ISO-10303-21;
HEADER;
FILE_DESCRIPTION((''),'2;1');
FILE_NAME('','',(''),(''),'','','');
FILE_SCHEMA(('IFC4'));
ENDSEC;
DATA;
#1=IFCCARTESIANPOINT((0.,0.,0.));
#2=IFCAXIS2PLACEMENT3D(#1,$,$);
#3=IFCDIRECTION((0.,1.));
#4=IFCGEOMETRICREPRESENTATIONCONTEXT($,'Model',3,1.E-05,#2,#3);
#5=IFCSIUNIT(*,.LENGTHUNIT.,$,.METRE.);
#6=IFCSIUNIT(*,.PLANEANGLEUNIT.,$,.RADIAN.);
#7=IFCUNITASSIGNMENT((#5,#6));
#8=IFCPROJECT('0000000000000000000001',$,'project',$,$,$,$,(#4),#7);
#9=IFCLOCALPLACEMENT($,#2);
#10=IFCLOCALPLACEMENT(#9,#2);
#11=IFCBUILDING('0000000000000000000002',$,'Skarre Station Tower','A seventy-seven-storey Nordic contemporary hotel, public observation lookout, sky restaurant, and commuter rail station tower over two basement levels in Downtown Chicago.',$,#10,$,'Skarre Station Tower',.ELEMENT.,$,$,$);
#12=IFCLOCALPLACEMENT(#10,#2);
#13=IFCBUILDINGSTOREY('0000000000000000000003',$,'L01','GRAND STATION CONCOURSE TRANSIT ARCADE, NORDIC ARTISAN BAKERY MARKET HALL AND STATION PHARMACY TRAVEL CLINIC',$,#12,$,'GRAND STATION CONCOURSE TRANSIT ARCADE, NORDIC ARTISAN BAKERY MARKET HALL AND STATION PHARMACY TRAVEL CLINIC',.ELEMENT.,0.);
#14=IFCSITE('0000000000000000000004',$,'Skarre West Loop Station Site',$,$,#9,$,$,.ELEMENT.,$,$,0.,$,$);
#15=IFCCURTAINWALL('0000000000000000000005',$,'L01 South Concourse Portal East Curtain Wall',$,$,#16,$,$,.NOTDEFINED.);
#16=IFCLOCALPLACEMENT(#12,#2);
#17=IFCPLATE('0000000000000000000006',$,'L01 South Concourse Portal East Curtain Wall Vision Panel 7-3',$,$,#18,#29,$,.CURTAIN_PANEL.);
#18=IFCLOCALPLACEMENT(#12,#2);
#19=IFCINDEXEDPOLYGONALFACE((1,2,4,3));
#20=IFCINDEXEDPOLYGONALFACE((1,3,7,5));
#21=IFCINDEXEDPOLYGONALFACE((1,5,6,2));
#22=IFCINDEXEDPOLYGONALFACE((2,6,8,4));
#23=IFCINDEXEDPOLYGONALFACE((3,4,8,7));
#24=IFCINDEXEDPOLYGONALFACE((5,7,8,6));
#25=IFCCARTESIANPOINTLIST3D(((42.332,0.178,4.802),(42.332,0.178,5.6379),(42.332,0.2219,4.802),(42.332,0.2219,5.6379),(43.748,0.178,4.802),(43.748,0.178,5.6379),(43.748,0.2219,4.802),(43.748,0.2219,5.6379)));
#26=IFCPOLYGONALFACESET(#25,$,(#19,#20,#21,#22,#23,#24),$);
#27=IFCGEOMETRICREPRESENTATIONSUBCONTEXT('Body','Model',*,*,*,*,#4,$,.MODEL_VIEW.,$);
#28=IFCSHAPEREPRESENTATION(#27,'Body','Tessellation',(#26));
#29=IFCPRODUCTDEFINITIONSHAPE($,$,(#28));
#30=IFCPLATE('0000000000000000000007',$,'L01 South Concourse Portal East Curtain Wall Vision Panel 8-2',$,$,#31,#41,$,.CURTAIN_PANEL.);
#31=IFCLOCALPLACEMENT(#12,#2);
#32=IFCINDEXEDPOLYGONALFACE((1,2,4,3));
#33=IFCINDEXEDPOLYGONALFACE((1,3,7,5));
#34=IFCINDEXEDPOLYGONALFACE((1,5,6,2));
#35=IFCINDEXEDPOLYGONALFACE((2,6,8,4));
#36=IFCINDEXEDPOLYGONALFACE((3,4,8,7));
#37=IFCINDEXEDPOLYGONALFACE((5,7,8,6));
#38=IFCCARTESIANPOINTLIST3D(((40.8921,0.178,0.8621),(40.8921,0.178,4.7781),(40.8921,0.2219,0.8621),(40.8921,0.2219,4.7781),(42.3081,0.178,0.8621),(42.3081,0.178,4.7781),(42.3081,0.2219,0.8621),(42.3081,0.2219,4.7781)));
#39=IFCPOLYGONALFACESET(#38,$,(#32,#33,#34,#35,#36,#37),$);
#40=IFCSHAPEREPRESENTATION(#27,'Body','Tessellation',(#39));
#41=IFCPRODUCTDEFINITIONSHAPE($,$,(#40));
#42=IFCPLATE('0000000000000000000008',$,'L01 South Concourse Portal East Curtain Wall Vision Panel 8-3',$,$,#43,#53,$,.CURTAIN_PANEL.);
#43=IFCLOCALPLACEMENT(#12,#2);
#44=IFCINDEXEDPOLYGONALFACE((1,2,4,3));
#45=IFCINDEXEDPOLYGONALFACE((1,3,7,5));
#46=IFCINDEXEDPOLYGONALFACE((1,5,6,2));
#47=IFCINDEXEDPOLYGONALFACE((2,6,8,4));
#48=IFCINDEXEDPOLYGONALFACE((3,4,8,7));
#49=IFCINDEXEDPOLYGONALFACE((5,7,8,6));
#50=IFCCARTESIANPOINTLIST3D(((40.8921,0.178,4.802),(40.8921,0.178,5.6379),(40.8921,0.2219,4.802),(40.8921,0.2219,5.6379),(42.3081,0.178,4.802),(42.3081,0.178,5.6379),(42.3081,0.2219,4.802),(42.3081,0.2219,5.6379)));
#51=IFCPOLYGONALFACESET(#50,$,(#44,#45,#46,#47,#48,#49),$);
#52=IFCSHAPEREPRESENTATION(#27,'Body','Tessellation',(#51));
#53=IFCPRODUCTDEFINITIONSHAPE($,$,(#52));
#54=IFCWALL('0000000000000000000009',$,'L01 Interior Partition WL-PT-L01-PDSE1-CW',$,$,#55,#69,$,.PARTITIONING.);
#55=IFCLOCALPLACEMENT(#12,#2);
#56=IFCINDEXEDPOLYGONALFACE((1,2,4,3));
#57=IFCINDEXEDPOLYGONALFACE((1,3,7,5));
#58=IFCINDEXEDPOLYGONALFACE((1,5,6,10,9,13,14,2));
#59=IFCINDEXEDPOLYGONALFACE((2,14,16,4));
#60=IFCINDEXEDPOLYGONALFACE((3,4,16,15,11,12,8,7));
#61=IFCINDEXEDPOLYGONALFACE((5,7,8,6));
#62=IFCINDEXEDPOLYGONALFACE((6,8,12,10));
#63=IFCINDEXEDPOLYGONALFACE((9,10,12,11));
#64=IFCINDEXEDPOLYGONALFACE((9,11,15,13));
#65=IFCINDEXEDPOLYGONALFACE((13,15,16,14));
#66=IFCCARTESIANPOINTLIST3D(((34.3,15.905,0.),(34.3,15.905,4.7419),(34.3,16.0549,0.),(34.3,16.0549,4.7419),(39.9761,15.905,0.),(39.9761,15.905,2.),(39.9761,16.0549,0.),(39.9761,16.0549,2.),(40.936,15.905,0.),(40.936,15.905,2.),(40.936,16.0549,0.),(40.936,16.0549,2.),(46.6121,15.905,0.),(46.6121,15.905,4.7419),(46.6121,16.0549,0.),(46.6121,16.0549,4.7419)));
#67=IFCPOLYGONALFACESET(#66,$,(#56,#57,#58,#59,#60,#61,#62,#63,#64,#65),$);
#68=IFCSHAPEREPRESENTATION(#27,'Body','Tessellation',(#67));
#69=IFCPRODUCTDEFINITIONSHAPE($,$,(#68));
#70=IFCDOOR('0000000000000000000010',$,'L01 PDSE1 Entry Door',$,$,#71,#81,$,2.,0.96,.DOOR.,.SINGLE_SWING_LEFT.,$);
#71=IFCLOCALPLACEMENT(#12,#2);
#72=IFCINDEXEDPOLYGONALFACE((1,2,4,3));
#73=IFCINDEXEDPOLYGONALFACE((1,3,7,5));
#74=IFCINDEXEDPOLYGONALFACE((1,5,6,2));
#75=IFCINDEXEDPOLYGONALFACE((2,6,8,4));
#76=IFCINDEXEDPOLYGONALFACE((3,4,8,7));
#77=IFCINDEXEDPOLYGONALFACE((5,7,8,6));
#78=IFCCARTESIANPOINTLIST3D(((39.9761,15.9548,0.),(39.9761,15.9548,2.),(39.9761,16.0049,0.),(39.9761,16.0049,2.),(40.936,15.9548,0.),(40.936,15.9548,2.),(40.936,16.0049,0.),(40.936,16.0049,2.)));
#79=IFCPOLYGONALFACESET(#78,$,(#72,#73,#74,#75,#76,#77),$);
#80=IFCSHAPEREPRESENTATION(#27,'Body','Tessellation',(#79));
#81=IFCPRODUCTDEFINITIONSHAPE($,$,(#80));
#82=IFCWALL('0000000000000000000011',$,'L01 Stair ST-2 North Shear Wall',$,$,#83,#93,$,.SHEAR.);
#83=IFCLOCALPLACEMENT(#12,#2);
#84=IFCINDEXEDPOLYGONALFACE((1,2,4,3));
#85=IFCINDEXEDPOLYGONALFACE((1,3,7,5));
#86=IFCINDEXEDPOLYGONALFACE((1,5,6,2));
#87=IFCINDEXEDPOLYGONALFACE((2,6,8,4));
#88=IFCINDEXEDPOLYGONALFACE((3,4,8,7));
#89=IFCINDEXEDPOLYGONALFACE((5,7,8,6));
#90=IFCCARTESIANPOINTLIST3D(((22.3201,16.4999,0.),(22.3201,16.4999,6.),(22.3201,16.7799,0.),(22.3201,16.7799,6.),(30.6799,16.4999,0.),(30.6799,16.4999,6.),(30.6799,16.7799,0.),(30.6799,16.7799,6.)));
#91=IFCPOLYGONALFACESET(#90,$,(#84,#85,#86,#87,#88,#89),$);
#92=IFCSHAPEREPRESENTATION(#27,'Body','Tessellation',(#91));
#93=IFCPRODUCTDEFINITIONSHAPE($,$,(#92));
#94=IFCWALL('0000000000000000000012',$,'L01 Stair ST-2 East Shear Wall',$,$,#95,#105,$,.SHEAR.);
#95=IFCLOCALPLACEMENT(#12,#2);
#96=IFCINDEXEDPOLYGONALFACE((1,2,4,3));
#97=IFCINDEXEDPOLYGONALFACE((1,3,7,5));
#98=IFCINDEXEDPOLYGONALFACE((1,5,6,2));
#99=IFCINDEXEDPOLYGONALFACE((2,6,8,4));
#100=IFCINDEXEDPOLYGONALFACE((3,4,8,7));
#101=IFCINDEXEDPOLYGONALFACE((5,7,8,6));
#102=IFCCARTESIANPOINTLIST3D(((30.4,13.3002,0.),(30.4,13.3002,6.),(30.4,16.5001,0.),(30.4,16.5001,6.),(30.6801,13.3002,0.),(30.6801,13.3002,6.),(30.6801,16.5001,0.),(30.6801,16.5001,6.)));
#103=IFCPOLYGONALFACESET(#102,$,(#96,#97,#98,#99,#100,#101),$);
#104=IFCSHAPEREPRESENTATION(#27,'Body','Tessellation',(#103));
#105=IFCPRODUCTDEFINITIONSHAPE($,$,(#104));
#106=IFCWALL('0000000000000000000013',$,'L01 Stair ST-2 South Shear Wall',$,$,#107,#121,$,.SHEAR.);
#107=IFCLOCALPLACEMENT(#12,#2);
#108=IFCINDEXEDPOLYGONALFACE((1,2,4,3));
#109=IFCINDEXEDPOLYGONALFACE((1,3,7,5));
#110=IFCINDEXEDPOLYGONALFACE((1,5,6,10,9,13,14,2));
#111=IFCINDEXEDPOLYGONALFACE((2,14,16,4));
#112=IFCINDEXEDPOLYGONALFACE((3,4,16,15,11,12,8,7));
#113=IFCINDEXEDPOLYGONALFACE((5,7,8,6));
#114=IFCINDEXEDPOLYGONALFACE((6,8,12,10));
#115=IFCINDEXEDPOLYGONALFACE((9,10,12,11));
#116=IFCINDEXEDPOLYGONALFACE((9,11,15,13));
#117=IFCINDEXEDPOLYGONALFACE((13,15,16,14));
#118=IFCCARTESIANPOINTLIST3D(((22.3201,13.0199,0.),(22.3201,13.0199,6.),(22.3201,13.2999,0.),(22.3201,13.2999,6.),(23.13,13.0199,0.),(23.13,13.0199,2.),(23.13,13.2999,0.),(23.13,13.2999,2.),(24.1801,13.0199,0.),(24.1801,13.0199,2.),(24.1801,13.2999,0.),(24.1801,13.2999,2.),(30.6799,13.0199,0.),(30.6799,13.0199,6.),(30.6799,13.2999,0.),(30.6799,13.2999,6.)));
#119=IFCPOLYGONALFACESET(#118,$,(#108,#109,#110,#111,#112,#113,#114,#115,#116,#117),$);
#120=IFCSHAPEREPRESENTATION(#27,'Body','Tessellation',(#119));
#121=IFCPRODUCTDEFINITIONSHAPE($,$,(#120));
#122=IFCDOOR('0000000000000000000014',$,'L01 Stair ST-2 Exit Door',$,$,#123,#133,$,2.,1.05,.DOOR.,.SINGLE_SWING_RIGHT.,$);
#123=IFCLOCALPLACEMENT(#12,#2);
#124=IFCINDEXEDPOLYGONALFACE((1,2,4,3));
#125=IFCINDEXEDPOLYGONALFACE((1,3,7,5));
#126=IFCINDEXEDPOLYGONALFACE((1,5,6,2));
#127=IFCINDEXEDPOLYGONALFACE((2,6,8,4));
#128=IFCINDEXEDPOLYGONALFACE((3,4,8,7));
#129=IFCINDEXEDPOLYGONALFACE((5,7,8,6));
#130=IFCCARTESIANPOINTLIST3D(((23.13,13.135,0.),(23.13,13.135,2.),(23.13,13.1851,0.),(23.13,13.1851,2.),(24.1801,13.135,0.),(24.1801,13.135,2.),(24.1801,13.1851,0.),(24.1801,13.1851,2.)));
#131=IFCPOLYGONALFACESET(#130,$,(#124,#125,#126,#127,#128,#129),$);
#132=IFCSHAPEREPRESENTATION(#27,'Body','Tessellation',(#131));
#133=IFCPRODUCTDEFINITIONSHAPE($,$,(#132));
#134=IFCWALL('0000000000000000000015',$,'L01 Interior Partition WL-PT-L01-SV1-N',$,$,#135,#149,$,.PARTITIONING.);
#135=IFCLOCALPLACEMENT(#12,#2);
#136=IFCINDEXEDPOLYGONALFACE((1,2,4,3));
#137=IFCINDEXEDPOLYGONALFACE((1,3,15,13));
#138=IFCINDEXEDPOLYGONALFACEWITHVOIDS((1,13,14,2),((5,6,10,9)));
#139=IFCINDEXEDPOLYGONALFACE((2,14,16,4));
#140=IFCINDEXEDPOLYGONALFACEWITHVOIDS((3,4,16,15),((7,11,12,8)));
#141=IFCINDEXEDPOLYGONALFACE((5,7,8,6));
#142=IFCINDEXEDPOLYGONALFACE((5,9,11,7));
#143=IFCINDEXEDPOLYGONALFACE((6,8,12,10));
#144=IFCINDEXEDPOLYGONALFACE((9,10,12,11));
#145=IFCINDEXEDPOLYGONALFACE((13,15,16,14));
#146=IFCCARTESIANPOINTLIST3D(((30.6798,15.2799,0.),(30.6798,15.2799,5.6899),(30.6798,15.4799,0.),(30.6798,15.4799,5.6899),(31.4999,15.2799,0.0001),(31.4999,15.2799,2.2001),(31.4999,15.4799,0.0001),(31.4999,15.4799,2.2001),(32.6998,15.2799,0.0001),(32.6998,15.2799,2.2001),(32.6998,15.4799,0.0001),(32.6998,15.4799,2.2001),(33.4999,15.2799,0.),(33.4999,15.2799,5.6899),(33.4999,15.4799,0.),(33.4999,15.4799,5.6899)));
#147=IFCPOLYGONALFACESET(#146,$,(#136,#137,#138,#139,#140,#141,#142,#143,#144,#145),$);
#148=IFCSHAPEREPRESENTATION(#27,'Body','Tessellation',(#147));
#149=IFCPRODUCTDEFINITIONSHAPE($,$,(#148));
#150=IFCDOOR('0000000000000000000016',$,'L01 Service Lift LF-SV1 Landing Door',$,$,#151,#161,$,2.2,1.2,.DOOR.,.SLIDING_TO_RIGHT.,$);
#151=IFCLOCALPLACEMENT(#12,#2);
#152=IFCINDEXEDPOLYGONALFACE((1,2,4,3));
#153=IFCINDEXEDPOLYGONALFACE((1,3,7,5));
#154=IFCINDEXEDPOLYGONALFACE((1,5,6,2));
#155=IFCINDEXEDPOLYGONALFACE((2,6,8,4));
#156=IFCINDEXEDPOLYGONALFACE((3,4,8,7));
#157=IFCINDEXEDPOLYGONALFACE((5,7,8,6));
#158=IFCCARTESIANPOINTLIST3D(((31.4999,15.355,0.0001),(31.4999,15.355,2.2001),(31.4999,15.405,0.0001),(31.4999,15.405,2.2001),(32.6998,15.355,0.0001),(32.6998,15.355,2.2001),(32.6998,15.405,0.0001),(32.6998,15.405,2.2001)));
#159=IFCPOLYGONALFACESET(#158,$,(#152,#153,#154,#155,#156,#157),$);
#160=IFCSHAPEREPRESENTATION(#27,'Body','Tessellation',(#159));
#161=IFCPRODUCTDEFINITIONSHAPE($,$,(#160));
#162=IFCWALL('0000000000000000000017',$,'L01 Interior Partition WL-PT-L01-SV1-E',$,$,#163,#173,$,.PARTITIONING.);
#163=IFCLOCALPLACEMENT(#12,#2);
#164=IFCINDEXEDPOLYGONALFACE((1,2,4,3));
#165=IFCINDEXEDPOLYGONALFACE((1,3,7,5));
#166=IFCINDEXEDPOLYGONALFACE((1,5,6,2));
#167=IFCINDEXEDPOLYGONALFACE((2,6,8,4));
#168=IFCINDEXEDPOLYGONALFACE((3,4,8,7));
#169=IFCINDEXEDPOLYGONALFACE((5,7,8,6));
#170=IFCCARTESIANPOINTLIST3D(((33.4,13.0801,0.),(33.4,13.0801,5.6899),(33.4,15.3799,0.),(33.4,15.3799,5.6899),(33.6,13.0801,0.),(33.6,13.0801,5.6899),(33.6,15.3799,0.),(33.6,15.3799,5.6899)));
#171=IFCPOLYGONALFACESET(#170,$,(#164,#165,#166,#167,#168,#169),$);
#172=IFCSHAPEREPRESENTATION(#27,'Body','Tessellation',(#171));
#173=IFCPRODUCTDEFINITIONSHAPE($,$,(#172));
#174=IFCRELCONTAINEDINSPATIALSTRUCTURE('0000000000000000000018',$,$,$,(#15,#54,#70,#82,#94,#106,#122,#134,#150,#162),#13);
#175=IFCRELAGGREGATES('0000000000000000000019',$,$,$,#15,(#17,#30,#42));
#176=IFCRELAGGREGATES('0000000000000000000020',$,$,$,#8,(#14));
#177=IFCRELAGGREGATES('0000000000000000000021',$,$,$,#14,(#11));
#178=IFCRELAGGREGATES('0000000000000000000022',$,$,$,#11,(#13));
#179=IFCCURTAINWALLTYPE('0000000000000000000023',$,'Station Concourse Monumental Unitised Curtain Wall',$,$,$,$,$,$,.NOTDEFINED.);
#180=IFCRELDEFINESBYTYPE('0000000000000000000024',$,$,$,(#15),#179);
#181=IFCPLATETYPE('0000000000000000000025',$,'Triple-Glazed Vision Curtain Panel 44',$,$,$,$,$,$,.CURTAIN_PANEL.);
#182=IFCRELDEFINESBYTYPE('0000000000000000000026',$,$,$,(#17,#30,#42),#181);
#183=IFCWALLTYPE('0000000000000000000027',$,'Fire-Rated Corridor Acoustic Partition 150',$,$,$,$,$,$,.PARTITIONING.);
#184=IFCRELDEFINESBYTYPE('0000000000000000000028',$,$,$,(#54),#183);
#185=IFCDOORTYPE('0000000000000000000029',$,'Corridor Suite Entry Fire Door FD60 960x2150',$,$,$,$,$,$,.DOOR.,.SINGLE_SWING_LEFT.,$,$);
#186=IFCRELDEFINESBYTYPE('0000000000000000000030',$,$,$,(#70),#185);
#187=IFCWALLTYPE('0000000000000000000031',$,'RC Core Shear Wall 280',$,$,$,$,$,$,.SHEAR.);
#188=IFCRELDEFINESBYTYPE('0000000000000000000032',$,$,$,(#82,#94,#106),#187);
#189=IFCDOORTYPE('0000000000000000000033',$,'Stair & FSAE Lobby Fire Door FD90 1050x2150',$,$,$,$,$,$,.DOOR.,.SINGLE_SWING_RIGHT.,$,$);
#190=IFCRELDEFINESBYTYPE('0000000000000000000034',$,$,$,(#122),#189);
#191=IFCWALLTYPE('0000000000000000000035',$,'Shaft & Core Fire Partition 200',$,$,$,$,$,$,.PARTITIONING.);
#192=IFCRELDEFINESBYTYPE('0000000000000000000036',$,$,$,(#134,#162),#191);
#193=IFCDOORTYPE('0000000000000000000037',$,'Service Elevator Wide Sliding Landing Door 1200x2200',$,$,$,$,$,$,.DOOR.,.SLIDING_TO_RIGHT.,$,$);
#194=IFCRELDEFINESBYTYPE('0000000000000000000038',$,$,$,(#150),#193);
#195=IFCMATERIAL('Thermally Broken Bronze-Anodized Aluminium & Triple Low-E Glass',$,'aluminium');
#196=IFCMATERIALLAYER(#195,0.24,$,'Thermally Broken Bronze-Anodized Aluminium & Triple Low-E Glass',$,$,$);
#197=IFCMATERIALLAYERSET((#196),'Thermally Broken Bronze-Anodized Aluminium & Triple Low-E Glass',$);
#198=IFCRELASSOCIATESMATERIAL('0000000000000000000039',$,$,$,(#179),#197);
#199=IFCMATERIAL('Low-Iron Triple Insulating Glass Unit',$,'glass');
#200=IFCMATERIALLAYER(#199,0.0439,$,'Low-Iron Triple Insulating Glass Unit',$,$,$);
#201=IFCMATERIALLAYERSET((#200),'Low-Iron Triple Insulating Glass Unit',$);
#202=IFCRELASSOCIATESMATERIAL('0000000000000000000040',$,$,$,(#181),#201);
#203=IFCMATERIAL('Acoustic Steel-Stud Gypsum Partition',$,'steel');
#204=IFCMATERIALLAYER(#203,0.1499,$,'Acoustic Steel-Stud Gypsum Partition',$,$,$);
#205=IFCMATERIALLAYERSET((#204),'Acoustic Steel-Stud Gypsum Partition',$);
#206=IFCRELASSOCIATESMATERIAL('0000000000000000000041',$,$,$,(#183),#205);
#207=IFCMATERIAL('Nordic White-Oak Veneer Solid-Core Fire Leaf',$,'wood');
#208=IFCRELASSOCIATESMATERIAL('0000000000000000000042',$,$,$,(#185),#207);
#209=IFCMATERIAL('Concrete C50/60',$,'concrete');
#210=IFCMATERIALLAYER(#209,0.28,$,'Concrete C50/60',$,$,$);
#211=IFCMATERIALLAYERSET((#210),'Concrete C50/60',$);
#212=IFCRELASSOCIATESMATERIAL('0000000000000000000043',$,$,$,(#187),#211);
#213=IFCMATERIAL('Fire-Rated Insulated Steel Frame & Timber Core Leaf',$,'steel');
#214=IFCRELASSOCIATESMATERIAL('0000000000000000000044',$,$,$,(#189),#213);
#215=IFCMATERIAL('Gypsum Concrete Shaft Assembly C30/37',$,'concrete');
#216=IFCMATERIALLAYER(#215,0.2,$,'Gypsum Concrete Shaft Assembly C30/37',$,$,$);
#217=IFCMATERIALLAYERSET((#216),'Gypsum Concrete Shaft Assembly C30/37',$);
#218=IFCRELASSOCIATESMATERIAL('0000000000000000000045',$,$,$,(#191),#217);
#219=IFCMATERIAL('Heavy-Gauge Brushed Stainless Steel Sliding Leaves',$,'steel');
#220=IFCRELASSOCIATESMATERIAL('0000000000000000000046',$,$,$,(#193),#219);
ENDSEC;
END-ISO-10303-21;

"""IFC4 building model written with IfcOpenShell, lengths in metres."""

from ifc_helpers import new_model, si_unit, direction, frame, frame_2d, origin, origin_2d, place, context, subcontext, project, spatial, rectangle, extrude, material, layer, layer_set, type_object, element, fill, aggregate, save


model = new_model("IFC4")

# Units and contexts
model_context = context("Model", 3, precision=1e-05, world=origin(), true_north=direction((0.0, 1.0)))
body_context = subcontext(model_context, "Body", "Model", "MODEL_VIEW")
ifc_project = project(units=[si_unit("LENGTHUNIT", "METRE"), si_unit("PLANEANGLEUNIT", "RADIAN")], contexts=[model_context])

# Site, building, storey
site_placement = place(None, origin())
site = spatial("IfcSite", under=ifc_project, at=site_placement, Name="Skarre West Loop Station Site", CompositionType="ELEMENT", RefElevation=0.0)
building_placement = place(site_placement, origin())
building = spatial("IfcBuilding", under=site, at=building_placement, Name="Skarre Station Tower", Description="A seventy-seven-storey Nordic contemporary hotel, public observation lookout, sky restaurant, and commuter rail station tower over two basement levels in Downtown Chicago.", LongName="Skarre Station Tower", CompositionType="ELEMENT")
storey_placement = place(building_placement, origin())
storey = spatial("IfcBuildingStorey", under=building, at=storey_placement, Name="L01", Description="GRAND STATION CONCOURSE TRANSIT ARCADE, NORDIC ARTISAN BAKERY MARKET HALL AND STATION PHARMACY TRAVEL CLINIC", LongName="GRAND STATION CONCOURSE TRANSIT ARCADE, NORDIC ARTISAN BAKERY MARKET HALL AND STATION PHARMACY TRAVEL CLINIC", CompositionType="ELEMENT", Elevation=0.0)

# Curtain wall
ifc_material_1 = material(Name="Thermally Broken Bronze-Anodized Aluminium & Triple Low-E Glass", Category="aluminium")
ifc_layer_1 = layer(ifc_material_1, 0.24, Name="Thermally Broken Bronze-Anodized Aluminium & Triple Low-E Glass")
ifc_layer_set_1 = layer_set([ifc_layer_1], Name="Thermally Broken Bronze-Anodized Aluminium & Triple Low-E Glass")
curtain_wall_type = type_object("IfcCurtainWallType", Name="Station Concourse Monumental Unitised Curtain Wall", PredefinedType="NOTDEFINED", material=ifc_layer_set_1)
curtain_wall_placement = place(storey_placement, origin())
curtain_wall = element("IfcCurtainWall", 1, at=curtain_wall_placement, inside=storey, type_object=curtain_wall_type, Name="L01 South Concourse Portal East Curtain Wall", PredefinedType="NOTDEFINED")

# Plates
ifc_material_2 = material(Name="Low-Iron Triple Insulating Glass Unit", Category="glass")
ifc_layer_2 = layer(ifc_material_2, 0.0439, Name="Low-Iron Triple Insulating Glass Unit")
ifc_layer_set_2 = layer_set([ifc_layer_2], Name="Low-Iron Triple Insulating Glass Unit")
plate_type_1 = type_object("IfcPlateType", Name="Triple-Glazed Vision Curtain Panel 44", PredefinedType="CURTAIN_PANEL", material=ifc_layer_set_2)
plate_1_placement = place(storey_placement, frame((43.04, 0.2, 4.802), z_axis=(0.0, 0.0, 1.0), x_axis=(-1.0, 0.0, 0.0)))
plate_1 = element("IfcPlate", 2, at=plate_1_placement, type_object=plate_type_1, Name="L01 South Concourse Portal East Curtain Wall Vision Panel 7-3", PredefinedType="CURTAIN_PANEL", context=body_context, shape_type="SweptSolid", body=[
    extrude(rectangle(XDim=1.416, YDim=0.0439, at=origin_2d()), origin(), (0.0, 0.0, 1.0), 0.8359),
])
plate_2_placement = place(storey_placement, frame((41.6001, 0.2, 0.8621), z_axis=(0.0, 0.0, 1.0), x_axis=(-1.0, 0.0, 0.0)))
plate_2 = element("IfcPlate", 3, at=plate_2_placement, type_object=plate_type_1, Name="L01 South Concourse Portal East Curtain Wall Vision Panel 8-2", PredefinedType="CURTAIN_PANEL", context=body_context, shape_type="SweptSolid", body=[
    extrude(rectangle(XDim=1.416, YDim=0.0439, at=origin_2d()), origin(), (0.0, 0.0, 1.0), 3.916),
])
plate_3_placement = place(storey_placement, frame((41.6001, 0.2, 4.802), z_axis=(0.0, 0.0, 1.0), x_axis=(-1.0, 0.0, 0.0)))
plate_3 = element("IfcPlate", 4, at=plate_3_placement, type_object=plate_type_1, Name="L01 South Concourse Portal East Curtain Wall Vision Panel 8-3", PredefinedType="CURTAIN_PANEL", context=body_context, shape_type="SweptSolid", body=[
    extrude(rectangle(XDim=1.416, YDim=0.0439, at=origin_2d()), origin(), (0.0, 0.0, 1.0), 0.8359),
])
aggregate(curtain_wall, [plate_1, plate_2, plate_3])

# Wall, opening, door
ifc_material_3 = material(Name="Acoustic Steel-Stud Gypsum Partition", Category="steel")
ifc_layer_3 = layer(ifc_material_3, 0.1499, Name="Acoustic Steel-Stud Gypsum Partition")
ifc_layer_set_3 = layer_set([ifc_layer_3], Name="Acoustic Steel-Stud Gypsum Partition")
wall_type_1 = type_object("IfcWallType", Name="Fire-Rated Corridor Acoustic Partition 150", PredefinedType="PARTITIONING", material=ifc_layer_set_3)
wall_1_placement = place(storey_placement, frame((34.3, 15.98, 0.0), z_axis=(0.0, 0.0, 1.0), x_axis=(1.0, 0.0, 0.0)))
wall_1 = element("IfcWall", 5, at=wall_1_placement, inside=storey, type_object=wall_type_1, Name="L01 Interior Partition WL-PT-L01-PDSE1-CW", PredefinedType="PARTITIONING", context=body_context, shape_type="SweptSolid", body=[
    extrude(rectangle(XDim=12.312, YDim=0.1499, at=frame_2d((6.156, 0.0))), origin(), (0.0, 0.0, 1.0), 4.7419),
])
opening_1_placement = place(wall_1_placement, frame((5.676, 0.0, 0.0)))
opening_1 = element("IfcOpeningElement", 6, at=opening_1_placement, cuts=wall_1, PredefinedType="OPENING", context=body_context, shape_type="SweptSolid", body=[
    extrude(rectangle(XDim=0.96, YDim=2.0, at=frame_2d((0.48, 1.0))), frame((0.0, 0.085, 0.0), z_axis=(0.0, -1.0, 0.0), x_axis=(1.0, 0.0, 0.0)), (0.0, 0.0, 1.0), 0.1699),
])
ifc_material_4 = material(Name="Nordic White-Oak Veneer Solid-Core Fire Leaf", Category="wood")
door_type_1 = type_object("IfcDoorType", Name="Corridor Suite Entry Fire Door FD60 960x2150", OperationType="SINGLE_SWING_LEFT", PredefinedType="DOOR", material=ifc_material_4)
door_1_placement = place(opening_1_placement, origin())
door_1 = element("IfcDoor", 7, at=door_1_placement, inside=storey, type_object=door_type_1, Name="L01 PDSE1 Entry Door", OperationType="SINGLE_SWING_LEFT", OverallHeight=2.0, OverallWidth=0.96, PredefinedType="DOOR", context=body_context, shape_type="SweptSolid", body=[
    extrude(rectangle(XDim=0.96, YDim=2.0, at=frame_2d((0.48, 1.0))), frame((0.0, 0.0249, 0.0), z_axis=(0.0, -1.0, 0.0), x_axis=(1.0, 0.0, 0.0)), (0.0, 0.0, 1.0), 0.05),
])
fill(opening_1, door_1)

# Walls
ifc_material_5 = material(Name="Concrete C50/60", Category="concrete")
ifc_layer_4 = layer(ifc_material_5, 0.28, Name="Concrete C50/60")
ifc_layer_set_4 = layer_set([ifc_layer_4], Name="Concrete C50/60")
wall_type_2 = type_object("IfcWallType", Name="RC Core Shear Wall 280", PredefinedType="SHEAR", material=ifc_layer_set_4)
wall_2_placement = place(storey_placement, frame((30.6799, 16.6399, 0.0), z_axis=(0.0, 0.0, 1.0), x_axis=(-1.0, 0.0, 0.0)))
element("IfcWall", 8, at=wall_2_placement, inside=storey, type_object=wall_type_2, Name="L01 Stair ST-2 North Shear Wall", PredefinedType="SHEAR", context=body_context, shape_type="SweptSolid", body=[
    extrude(rectangle(XDim=8.3599, YDim=0.28, at=frame_2d((4.1799, 0.0))), origin(), (0.0, 0.0, 1.0), 6.0),
])
wall_3_placement = place(storey_placement, frame((30.54, 13.3, 0.0), z_axis=(0.0, 0.0, 1.0), x_axis=(0.0, 1.0, 0.0)))
element("IfcWall", 9, at=wall_3_placement, inside=storey, type_object=wall_type_2, Name="L01 Stair ST-2 East Shear Wall", PredefinedType="SHEAR", context=body_context, shape_type="SweptSolid", body=[
    extrude(rectangle(XDim=3.2, YDim=0.28, at=frame_2d((1.6001, 0.0))), origin(), (0.0, 0.0, 1.0), 6.0),
])

# Walls, openings, doors
wall_4_placement = place(storey_placement, frame((30.6799, 13.1599, 0.0), z_axis=(0.0, 0.0, 1.0), x_axis=(-1.0, 0.0, 0.0)))
wall_4 = element("IfcWall", 10, at=wall_4_placement, inside=storey, type_object=wall_type_2, Name="L01 Stair ST-2 South Shear Wall", PredefinedType="SHEAR", context=body_context, shape_type="SweptSolid", body=[
    extrude(rectangle(XDim=8.3599, YDim=0.28, at=frame_2d((4.1799, 0.0))), origin(), (0.0, 0.0, 1.0), 6.0),
])
opening_2_placement = place(wall_4_placement, frame((6.5, 0.0, 0.0)))
opening_2 = element("IfcOpeningElement", 11, at=opening_2_placement, cuts=wall_4, PredefinedType="OPENING", context=body_context, shape_type="SweptSolid", body=[
    extrude(rectangle(XDim=1.05, YDim=2.0, at=frame_2d((0.5249, 1.0))), frame((0.0, 0.1499, 0.0), z_axis=(0.0, -1.0, 0.0), x_axis=(1.0, 0.0, 0.0)), (0.0, 0.0, 1.0), 0.3),
])
ifc_material_6 = material(Name="Fire-Rated Insulated Steel Frame & Timber Core Leaf", Category="steel")
door_type_2 = type_object("IfcDoorType", Name="Stair & FSAE Lobby Fire Door FD90 1050x2150", OperationType="SINGLE_SWING_RIGHT", PredefinedType="DOOR", material=ifc_material_6)
door_2_placement = place(opening_2_placement, origin())
door_2 = element("IfcDoor", 12, at=door_2_placement, inside=storey, type_object=door_type_2, Name="L01 Stair ST-2 Exit Door", OperationType="SINGLE_SWING_RIGHT", OverallHeight=2.0, OverallWidth=1.05, PredefinedType="DOOR", context=body_context, shape_type="SweptSolid", body=[
    extrude(rectangle(XDim=1.05, YDim=2.0, at=frame_2d((0.5249, 1.0))), frame((0.0, 0.0249, 0.0), z_axis=(0.0, -1.0, 0.0), x_axis=(1.0, 0.0, 0.0)), (0.0, 0.0, 1.0), 0.05),
])
fill(opening_2, door_2)
ifc_material_7 = material(Name="Gypsum Concrete Shaft Assembly C30/37", Category="concrete")
ifc_layer_5 = layer(ifc_material_7, 0.2, Name="Gypsum Concrete Shaft Assembly C30/37")
ifc_layer_set_5 = layer_set([ifc_layer_5], Name="Gypsum Concrete Shaft Assembly C30/37")
wall_type_3 = type_object("IfcWallType", Name="Shaft & Core Fire Partition 200", PredefinedType="PARTITIONING", material=ifc_layer_set_5)
wall_5_placement = place(storey_placement, frame((33.5, 15.3799, 0.0), z_axis=(0.0, 0.0, 1.0), x_axis=(-1.0, 0.0, 0.0)))
wall_5 = element("IfcWall", 13, at=wall_5_placement, inside=storey, type_object=wall_type_3, Name="L01 Interior Partition WL-PT-L01-SV1-N", PredefinedType="PARTITIONING", context=body_context, shape_type="SweptSolid", body=[
    extrude(rectangle(XDim=2.8201, YDim=0.2, at=frame_2d((1.4102, 0.0))), origin(), (0.0, 0.0, 1.0), 5.6899),
])
opening_3_placement = place(wall_5_placement, frame((0.8, 0.0, 0.0)))
opening_3 = element("IfcOpeningElement", 14, at=opening_3_placement, cuts=wall_5, PredefinedType="OPENING", context=body_context, shape_type="SweptSolid", body=[
    extrude(rectangle(XDim=1.2, YDim=2.2, at=frame_2d((0.6001, 1.1001))), frame((0.0, 0.1099, 0.0), z_axis=(0.0, -1.0, 0.0), x_axis=(1.0, 0.0, 0.0)), (0.0, 0.0, 1.0), 0.22),
])
ifc_material_8 = material(Name="Heavy-Gauge Brushed Stainless Steel Sliding Leaves", Category="steel")
door_type_3 = type_object("IfcDoorType", Name="Service Elevator Wide Sliding Landing Door 1200x2200", OperationType="SLIDING_TO_RIGHT", PredefinedType="DOOR", material=ifc_material_8)
door_3_placement = place(opening_3_placement, origin())
door_3 = element("IfcDoor", 15, at=door_3_placement, inside=storey, type_object=door_type_3, Name="L01 Service Lift LF-SV1 Landing Door", OperationType="SLIDING_TO_RIGHT", OverallHeight=2.2, OverallWidth=1.2, PredefinedType="DOOR", context=body_context, shape_type="SweptSolid", body=[
    extrude(rectangle(XDim=1.2, YDim=2.2, at=frame_2d((0.6001, 1.1001))), frame((0.0, 0.0249, 0.0), z_axis=(0.0, -1.0, 0.0), x_axis=(1.0, 0.0, 0.0)), (0.0, 0.0, 1.0), 0.05),
])
fill(opening_3, door_3)

# Wall
wall_6_placement = place(storey_placement, frame((33.5, 13.0801, 0.0), z_axis=(0.0, 0.0, 1.0), x_axis=(0.0, 1.0, 0.0)))
element("IfcWall", 16, at=wall_6_placement, inside=storey, type_object=wall_type_3, Name="L01 Interior Partition WL-PT-L01-SV1-E", PredefinedType="PARTITIONING", context=body_context, shape_type="SweptSolid", body=[
    extrude(rectangle(XDim=2.2998, YDim=0.2, at=frame_2d((1.1499, 0.0))), origin(), (0.0, 0.0, 1.0), 5.6899),
])

save(model, "model.ifc")
